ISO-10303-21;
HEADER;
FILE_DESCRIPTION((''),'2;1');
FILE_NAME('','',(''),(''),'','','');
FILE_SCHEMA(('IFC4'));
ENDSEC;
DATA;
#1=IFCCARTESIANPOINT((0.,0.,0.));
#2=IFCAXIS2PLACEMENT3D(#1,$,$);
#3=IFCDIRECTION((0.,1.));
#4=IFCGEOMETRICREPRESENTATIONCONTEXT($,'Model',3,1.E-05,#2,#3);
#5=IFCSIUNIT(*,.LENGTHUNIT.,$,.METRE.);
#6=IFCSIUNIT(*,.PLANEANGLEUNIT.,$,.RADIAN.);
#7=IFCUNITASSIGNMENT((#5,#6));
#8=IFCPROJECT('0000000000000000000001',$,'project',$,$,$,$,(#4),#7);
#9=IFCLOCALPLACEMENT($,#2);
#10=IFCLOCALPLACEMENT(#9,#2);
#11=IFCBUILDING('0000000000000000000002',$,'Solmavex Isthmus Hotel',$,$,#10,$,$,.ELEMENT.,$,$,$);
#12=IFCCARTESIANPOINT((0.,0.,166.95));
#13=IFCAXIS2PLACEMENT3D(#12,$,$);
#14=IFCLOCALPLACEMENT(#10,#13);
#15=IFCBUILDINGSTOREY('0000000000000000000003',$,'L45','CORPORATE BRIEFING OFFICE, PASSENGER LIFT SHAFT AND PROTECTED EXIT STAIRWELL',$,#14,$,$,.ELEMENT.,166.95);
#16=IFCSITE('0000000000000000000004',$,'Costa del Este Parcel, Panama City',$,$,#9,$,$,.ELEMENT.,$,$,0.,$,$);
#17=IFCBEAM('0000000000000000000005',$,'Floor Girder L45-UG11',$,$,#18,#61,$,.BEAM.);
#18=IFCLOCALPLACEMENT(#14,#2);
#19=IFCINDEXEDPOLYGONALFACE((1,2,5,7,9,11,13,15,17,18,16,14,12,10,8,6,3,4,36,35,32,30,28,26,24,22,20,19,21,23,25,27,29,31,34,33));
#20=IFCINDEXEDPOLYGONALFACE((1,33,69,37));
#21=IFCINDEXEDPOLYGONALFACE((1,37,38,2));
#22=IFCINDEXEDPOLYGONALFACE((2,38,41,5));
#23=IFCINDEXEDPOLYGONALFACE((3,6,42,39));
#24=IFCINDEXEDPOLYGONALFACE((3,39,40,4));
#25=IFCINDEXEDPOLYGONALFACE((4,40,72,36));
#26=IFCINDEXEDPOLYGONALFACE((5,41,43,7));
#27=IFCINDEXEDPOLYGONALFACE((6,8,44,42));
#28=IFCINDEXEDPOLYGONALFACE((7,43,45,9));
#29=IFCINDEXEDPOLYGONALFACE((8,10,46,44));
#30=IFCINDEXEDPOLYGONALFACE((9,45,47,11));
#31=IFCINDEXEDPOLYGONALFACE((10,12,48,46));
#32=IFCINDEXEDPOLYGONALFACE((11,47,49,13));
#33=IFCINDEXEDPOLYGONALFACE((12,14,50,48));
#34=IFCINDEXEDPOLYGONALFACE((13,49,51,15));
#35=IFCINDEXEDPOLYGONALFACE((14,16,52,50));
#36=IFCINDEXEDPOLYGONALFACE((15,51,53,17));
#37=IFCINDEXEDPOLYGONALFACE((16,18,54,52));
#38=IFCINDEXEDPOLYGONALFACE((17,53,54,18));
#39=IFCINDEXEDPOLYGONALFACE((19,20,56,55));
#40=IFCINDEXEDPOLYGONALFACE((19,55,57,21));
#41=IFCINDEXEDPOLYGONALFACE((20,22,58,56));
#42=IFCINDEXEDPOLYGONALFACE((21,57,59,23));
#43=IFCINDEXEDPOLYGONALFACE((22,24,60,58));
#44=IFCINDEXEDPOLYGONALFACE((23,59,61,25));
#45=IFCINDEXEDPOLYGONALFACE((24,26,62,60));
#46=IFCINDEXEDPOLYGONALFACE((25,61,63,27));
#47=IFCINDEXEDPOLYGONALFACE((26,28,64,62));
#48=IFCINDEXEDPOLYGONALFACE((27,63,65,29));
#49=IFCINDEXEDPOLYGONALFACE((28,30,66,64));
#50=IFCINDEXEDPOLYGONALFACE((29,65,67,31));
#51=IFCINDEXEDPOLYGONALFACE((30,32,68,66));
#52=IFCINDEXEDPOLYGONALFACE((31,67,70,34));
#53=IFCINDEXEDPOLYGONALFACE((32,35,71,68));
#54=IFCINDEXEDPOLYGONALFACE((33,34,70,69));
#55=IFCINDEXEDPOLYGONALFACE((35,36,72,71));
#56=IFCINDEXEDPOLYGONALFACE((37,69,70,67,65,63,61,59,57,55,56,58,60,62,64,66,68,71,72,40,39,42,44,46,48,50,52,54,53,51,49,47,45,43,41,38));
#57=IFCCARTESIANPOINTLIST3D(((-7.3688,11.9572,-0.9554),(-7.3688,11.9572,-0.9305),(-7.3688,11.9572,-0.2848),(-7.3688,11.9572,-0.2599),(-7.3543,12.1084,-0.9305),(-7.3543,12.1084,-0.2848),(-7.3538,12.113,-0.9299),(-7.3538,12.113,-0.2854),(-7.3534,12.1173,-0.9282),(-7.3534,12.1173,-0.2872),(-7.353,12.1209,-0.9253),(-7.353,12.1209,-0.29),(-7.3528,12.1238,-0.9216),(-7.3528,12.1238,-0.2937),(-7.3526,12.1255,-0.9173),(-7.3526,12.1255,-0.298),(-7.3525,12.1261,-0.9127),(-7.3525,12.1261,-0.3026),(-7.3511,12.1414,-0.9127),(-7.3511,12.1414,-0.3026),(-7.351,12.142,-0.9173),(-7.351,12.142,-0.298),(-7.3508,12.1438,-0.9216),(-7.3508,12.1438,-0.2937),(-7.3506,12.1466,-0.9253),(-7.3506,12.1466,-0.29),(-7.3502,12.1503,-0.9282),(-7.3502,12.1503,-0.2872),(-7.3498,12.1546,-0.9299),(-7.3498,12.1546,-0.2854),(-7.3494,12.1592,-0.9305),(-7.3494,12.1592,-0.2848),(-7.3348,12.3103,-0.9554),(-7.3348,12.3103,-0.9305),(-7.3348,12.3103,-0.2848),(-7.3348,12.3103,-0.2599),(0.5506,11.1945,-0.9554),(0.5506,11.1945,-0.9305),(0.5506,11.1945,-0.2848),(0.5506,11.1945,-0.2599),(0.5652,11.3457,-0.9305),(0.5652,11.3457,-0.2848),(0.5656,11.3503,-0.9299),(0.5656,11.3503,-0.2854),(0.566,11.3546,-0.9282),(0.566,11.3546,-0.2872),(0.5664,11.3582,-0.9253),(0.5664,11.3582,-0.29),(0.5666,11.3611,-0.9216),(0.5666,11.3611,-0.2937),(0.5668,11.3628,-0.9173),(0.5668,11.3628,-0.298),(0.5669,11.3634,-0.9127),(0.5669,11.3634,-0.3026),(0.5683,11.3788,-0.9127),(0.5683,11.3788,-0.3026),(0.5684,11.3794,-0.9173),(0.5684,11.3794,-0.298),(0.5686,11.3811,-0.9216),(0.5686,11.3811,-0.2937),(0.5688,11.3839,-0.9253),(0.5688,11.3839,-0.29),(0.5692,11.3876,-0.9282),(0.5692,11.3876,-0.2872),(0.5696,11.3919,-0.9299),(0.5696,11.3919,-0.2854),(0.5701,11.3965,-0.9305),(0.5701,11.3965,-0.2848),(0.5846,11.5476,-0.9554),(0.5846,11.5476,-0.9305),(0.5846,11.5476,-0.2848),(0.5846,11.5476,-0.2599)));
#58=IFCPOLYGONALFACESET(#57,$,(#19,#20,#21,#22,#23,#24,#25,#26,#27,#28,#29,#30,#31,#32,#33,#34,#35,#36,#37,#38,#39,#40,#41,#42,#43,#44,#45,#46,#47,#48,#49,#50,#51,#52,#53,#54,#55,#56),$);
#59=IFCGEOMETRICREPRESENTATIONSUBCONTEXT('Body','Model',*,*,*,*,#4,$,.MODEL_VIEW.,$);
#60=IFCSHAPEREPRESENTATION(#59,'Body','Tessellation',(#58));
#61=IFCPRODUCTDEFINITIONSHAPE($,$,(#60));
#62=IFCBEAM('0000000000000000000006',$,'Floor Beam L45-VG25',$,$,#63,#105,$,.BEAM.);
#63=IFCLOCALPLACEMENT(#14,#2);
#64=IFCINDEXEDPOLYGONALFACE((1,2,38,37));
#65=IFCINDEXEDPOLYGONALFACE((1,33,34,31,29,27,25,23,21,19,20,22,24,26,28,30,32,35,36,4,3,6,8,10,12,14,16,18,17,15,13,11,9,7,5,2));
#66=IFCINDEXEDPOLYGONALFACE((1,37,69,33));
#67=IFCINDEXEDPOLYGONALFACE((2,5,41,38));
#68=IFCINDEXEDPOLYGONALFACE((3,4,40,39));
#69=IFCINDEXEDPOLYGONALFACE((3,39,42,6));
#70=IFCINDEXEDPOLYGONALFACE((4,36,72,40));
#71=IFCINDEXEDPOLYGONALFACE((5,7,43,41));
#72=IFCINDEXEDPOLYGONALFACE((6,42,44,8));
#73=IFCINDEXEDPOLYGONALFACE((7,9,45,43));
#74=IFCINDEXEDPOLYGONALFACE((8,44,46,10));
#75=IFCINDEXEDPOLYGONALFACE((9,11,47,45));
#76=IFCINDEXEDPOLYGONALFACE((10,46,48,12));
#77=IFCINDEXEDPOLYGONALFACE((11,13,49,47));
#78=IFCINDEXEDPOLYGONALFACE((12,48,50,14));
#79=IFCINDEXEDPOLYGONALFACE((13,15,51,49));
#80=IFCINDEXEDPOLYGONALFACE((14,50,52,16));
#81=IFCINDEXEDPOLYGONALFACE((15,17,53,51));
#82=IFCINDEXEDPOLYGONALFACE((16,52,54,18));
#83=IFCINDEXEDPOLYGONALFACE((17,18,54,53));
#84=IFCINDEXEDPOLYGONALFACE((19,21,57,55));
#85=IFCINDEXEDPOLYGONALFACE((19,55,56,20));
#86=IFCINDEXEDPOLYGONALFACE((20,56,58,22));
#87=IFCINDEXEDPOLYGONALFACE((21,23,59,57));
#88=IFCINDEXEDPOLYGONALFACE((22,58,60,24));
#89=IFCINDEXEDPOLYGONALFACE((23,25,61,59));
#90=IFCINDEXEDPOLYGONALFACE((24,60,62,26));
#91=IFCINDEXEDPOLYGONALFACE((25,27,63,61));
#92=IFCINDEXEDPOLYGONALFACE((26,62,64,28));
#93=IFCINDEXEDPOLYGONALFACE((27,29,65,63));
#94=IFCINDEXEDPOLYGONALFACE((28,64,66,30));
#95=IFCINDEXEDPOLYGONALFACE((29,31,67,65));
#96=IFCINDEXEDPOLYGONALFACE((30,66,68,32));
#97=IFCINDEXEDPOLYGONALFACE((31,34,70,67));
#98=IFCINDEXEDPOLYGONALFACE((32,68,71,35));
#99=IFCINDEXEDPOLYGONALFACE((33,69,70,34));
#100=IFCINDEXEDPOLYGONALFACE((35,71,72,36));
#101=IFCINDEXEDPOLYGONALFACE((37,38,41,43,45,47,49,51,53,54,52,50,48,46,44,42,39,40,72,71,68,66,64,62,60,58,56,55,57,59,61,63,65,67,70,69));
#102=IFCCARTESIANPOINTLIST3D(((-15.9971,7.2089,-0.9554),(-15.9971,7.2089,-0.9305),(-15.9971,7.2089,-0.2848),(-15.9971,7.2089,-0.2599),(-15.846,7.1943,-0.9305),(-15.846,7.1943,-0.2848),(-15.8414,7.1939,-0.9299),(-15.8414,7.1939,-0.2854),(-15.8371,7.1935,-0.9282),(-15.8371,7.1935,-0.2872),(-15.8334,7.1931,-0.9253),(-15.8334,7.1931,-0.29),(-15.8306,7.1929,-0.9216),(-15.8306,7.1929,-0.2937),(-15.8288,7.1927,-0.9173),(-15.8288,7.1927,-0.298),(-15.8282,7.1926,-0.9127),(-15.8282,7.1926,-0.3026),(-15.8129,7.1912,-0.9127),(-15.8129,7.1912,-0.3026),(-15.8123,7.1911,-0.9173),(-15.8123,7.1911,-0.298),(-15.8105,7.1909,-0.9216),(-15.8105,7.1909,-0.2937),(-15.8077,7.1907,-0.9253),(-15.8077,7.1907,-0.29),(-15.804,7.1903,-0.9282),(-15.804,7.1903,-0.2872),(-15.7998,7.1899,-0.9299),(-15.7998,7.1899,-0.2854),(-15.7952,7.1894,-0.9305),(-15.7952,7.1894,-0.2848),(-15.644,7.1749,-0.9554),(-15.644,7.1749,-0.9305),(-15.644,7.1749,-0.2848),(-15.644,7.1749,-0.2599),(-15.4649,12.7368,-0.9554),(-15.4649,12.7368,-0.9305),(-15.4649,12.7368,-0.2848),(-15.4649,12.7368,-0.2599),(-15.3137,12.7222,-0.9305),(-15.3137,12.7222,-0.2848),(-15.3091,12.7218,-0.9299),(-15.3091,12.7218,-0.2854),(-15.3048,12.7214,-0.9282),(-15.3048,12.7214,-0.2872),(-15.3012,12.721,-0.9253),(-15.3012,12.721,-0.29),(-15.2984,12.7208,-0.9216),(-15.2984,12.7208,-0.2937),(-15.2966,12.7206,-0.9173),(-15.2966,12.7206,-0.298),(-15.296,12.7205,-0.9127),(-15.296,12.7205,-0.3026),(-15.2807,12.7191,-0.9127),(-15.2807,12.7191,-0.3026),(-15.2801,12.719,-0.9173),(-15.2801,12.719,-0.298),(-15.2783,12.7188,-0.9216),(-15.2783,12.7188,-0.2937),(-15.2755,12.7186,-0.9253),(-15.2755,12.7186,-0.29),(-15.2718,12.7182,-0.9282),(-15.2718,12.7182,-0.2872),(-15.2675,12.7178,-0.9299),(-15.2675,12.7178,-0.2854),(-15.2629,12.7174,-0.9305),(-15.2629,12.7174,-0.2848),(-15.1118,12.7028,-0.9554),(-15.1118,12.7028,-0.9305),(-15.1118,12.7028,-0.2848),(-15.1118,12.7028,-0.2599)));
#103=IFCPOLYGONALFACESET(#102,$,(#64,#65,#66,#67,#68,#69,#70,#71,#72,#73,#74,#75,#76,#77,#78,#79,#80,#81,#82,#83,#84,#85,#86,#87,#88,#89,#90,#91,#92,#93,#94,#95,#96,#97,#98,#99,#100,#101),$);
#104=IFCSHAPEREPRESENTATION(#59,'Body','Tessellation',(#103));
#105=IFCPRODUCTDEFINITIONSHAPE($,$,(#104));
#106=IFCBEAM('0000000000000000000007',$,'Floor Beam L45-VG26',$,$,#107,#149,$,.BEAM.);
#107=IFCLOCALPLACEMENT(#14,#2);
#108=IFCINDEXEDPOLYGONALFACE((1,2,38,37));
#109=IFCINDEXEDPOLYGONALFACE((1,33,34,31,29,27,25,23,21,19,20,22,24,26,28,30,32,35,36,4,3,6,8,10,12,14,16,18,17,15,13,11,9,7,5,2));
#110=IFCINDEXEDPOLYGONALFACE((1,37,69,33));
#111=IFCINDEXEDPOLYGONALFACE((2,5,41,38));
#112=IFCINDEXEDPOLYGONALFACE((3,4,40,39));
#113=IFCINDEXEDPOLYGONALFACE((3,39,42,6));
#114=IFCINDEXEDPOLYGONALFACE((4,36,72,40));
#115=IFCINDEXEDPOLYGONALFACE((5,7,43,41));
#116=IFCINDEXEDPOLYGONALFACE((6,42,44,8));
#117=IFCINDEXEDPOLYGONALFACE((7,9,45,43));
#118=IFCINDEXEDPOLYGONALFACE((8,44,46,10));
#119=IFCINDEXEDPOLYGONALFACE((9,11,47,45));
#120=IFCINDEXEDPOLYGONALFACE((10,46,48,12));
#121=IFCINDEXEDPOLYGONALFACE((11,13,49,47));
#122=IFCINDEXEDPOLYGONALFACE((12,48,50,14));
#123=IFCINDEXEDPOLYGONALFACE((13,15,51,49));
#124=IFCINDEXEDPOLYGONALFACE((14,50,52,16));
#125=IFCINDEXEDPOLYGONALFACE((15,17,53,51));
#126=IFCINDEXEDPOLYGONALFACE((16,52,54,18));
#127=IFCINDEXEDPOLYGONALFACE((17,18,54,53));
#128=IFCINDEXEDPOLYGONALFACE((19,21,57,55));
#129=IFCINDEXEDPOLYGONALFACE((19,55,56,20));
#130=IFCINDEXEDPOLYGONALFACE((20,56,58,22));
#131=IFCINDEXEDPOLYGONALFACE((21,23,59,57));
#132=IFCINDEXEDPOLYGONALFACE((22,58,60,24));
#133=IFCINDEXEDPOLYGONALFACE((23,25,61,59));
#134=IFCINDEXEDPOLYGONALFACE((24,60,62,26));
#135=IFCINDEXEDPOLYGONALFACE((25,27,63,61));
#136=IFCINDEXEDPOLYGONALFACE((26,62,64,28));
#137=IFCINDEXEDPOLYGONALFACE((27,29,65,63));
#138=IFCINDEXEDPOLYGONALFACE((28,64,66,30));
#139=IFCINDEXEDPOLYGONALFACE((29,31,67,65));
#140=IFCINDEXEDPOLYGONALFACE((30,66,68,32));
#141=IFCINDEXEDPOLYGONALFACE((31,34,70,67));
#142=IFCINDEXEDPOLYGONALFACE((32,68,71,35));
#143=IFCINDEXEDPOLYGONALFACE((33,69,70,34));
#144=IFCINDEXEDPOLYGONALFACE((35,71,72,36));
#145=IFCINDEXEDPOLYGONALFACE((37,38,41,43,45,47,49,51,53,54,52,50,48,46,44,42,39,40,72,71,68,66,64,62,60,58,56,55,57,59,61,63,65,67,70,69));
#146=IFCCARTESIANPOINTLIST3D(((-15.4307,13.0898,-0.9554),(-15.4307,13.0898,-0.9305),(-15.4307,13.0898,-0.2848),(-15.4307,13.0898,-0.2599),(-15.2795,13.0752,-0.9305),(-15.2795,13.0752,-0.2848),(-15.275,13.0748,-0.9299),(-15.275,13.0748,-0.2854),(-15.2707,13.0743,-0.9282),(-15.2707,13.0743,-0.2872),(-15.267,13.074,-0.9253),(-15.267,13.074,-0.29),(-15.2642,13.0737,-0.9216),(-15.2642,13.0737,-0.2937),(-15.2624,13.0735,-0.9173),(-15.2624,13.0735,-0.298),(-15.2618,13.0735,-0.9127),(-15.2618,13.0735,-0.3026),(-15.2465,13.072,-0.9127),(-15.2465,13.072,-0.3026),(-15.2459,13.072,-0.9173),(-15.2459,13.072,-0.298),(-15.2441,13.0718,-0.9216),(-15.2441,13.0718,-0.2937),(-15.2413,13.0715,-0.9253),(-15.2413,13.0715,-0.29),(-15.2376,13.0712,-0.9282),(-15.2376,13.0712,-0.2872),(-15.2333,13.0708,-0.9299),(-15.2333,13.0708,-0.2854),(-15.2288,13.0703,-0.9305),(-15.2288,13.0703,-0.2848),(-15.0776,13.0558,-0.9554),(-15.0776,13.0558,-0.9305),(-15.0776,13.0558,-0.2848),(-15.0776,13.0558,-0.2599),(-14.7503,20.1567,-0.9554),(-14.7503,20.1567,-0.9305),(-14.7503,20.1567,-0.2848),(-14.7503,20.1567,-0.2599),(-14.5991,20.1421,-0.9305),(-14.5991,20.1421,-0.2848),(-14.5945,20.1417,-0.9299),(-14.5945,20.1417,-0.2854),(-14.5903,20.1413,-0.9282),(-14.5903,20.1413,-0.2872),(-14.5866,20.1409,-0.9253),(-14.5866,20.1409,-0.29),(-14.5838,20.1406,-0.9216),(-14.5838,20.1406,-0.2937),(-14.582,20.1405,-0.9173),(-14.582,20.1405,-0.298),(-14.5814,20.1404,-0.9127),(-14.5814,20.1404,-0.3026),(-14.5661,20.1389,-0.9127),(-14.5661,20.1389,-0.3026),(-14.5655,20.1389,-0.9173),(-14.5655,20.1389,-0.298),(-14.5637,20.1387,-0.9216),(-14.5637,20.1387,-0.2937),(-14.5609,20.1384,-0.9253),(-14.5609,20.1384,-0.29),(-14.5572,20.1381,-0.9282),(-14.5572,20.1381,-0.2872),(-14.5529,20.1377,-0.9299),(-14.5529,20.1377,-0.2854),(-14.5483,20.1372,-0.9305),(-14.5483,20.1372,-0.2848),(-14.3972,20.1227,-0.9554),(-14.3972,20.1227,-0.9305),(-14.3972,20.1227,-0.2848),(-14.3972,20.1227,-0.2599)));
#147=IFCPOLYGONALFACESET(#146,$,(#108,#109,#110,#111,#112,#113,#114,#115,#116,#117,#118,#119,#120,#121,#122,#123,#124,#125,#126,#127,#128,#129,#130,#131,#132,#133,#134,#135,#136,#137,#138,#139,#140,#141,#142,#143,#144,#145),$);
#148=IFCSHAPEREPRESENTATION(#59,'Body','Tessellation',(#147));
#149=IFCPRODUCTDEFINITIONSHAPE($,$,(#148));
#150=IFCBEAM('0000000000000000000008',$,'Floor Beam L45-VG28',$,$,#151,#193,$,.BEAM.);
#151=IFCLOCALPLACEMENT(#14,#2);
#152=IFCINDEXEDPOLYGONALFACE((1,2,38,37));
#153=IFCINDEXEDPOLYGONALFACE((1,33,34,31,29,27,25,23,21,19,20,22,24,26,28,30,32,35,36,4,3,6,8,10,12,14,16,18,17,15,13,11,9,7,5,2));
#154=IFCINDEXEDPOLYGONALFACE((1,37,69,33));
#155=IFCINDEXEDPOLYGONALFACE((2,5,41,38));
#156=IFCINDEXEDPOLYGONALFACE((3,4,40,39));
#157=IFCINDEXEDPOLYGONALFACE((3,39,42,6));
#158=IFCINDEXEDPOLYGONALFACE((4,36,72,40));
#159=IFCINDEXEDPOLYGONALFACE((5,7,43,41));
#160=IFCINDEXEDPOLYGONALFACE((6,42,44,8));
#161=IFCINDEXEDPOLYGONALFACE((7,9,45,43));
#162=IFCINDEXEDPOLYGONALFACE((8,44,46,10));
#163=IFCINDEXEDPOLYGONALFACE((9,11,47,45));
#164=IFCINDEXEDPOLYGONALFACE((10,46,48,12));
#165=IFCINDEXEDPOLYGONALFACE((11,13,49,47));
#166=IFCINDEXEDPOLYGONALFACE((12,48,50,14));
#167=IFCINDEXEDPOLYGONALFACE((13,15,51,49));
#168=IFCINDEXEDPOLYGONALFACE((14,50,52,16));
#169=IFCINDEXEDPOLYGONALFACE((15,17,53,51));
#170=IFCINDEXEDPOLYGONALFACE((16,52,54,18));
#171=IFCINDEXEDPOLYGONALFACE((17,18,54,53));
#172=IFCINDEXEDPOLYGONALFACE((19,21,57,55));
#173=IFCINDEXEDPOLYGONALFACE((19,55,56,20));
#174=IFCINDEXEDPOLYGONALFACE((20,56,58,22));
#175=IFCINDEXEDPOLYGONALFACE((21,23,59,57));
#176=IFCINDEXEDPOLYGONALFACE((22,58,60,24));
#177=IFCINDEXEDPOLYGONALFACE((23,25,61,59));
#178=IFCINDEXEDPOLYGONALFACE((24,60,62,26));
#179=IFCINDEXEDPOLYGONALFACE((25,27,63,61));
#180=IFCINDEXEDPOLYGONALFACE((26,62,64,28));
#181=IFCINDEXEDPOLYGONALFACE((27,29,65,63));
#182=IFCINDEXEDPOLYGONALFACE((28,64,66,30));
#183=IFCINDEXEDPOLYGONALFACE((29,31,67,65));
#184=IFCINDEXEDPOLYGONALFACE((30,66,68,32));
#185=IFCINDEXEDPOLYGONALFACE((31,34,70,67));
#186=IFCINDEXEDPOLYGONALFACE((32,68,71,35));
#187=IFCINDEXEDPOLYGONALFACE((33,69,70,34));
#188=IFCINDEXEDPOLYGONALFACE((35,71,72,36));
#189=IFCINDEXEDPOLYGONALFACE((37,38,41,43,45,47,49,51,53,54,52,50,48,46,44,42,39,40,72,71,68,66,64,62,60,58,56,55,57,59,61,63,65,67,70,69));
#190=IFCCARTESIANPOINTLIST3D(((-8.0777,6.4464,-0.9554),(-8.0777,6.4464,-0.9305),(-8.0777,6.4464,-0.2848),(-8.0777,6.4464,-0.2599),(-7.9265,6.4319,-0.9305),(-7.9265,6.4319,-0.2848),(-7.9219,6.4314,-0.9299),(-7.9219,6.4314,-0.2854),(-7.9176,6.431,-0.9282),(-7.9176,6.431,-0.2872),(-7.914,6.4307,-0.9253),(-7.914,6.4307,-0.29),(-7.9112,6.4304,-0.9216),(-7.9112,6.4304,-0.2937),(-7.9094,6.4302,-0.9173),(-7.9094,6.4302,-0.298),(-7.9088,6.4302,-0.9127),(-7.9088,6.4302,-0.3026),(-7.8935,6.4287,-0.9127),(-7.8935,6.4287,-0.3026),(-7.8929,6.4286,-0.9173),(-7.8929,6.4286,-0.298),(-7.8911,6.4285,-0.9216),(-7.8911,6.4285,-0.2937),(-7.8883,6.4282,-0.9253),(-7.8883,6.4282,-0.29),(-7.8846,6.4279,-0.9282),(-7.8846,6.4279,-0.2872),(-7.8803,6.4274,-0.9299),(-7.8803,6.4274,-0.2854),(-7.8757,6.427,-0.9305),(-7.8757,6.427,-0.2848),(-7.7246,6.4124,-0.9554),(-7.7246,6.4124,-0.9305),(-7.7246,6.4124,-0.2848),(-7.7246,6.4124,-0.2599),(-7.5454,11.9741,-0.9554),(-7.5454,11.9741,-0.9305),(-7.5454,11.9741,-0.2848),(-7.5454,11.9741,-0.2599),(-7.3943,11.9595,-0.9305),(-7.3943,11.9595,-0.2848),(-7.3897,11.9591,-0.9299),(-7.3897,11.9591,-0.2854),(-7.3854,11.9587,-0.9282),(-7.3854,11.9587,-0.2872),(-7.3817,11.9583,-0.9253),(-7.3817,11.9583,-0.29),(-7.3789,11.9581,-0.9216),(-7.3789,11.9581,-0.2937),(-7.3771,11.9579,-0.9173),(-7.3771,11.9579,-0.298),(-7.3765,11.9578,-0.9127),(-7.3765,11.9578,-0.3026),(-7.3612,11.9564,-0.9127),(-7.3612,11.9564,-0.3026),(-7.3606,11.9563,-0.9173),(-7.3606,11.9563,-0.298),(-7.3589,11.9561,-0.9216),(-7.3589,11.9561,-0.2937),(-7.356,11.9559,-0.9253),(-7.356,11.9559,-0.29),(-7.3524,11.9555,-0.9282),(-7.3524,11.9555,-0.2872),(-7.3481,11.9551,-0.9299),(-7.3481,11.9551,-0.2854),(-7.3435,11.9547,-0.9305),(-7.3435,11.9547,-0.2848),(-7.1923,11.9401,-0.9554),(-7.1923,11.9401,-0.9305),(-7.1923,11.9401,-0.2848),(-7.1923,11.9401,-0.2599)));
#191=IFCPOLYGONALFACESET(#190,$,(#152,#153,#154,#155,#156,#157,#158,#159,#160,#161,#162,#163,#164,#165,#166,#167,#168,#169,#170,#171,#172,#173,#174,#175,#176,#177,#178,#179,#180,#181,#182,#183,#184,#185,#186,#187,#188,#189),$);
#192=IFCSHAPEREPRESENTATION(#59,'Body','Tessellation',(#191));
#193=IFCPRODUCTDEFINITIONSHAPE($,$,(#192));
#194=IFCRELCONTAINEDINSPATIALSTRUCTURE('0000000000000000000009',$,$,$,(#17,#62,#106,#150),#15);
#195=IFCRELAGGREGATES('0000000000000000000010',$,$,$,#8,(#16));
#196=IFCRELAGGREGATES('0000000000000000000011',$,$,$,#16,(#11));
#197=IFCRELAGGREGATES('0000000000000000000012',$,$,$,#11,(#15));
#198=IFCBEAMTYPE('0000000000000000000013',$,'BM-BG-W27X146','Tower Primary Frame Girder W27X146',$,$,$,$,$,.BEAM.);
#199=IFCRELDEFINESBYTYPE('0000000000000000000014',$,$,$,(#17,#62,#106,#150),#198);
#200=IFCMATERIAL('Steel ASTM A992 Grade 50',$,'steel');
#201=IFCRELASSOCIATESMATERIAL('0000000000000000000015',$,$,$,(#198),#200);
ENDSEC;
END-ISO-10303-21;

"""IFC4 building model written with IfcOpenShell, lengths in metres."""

from ifc_helpers import new_model, si_unit, direction, frame, origin, origin_2d, place, context, subcontext, project, spatial, i_section, extrude, material, material_profile, profile_set, type_object, element, save


model = new_model("IFC4")

# Units and contexts
model_context = context("Model", 3, precision=1e-05, world=origin(), true_north=direction((0.0, 1.0)))
body_context = subcontext(model_context, "Body", "Model", "MODEL_VIEW")
ifc_project = project(units=[si_unit("LENGTHUNIT", "METRE"), si_unit("PLANEANGLEUNIT", "RADIAN")], contexts=[model_context])

# Site, building, storey
site_placement = place(None, origin())
site = spatial("IfcSite", under=ifc_project, at=site_placement, Name="Costa del Este Parcel, Panama City", CompositionType="ELEMENT", RefElevation=0.0)
building_placement = place(site_placement, origin())
building = spatial("IfcBuilding", under=site, at=building_placement, Name="Solmavex Isthmus Hotel", CompositionType="ELEMENT")
storey_placement = place(building_placement, frame((0.0, 0.0, 166.95)))
storey = spatial("IfcBuildingStorey", under=building, at=storey_placement, Name="L45", Description="CORPORATE BRIEFING OFFICE, PASSENGER LIFT SHAFT AND PROTECTED EXIT STAIRWELL", CompositionType="ELEMENT", Elevation=166.95)

# Beams
ifc_material_1 = material(Name="Steel ASTM A992 Grade 50", Category="steel")
ifc_material_profile_1 = material_profile(ifc_material_1, i_section(OverallWidth=0.3547, OverallDepth=0.6956, WebThickness=0.0154, FlangeThickness=0.0249, FilletRadius=0.0178, at=origin_2d()), Name="W27X146")
ifc_profile_set_1 = profile_set([ifc_material_profile_1], Name="Steel ASTM A992 Grade 50")
beam_type_1 = type_object("IfcBeamType", Name="BM-BG-W27X146", Description="Tower Primary Frame Girder W27X146", PredefinedType="BEAM", material=ifc_profile_set_1)
for number, where, z_axis, x_axis, name in (
    (1, (-7.3518, 12.1338, -0.6077), (0.995395, -0.095863, 0.0), (0.095863, 0.995395, 0.0), "Floor Girder L45-UG11"),
):
    element("IfcBeam", number, at=place(storey_placement, frame(where, z_axis=z_axis, x_axis=x_axis)), inside=storey, type_object=beam_type_1, Name=name, PredefinedType="BEAM", context=body_context, shape_type="SweptSolid", body=[
        extrude(i_section(OverallWidth=0.3547, OverallDepth=0.6956, WebThickness=0.0154, FlangeThickness=0.0249, FilletRadius=0.0178, at=origin_2d()), origin(), (0.0, 0.0, 1.0), 7.9561),
    ])
beam_1_placement = place(storey_placement, frame((-15.8206, 7.1919, -0.6077), z_axis=(0.095838, 0.995397, 0.0), x_axis=(-0.995397, 0.095838, 0.0)))
element("IfcBeam", 2, at=beam_1_placement, inside=storey, type_object=beam_type_1, Name="Floor Beam L45-VG25", PredefinedType="BEAM", context=body_context, shape_type="SweptSolid", body=[
    extrude(i_section(OverallWidth=0.3547, OverallDepth=0.6956, WebThickness=0.0154, FlangeThickness=0.0249, FilletRadius=0.0178, at=origin_2d()), origin(), (0.0, 0.0, 1.0), 5.5535),
])
beam_2_placement = place(storey_placement, frame((-15.2542, 13.0728, -0.6077), z_axis=(0.09584, 0.995397, 0.0), x_axis=(-0.995397, 0.09584, 0.0)))
element("IfcBeam", 3, at=beam_2_placement, inside=storey, type_object=beam_type_1, Name="Floor Beam L45-VG26", PredefinedType="BEAM", context=body_context, shape_type="SweptSolid", body=[
    extrude(i_section(OverallWidth=0.3547, OverallDepth=0.6956, WebThickness=0.0154, FlangeThickness=0.0249, FilletRadius=0.0178, at=origin_2d()), origin(), (0.0, 0.0, 1.0), 7.0996),
])
beam_3_placement = place(storey_placement, frame((-7.9011, 6.4294, -0.6077), z_axis=(0.095842, 0.995397, 0.0), x_axis=(-0.995397, 0.095842, 0.0)))
element("IfcBeam", 4, at=beam_3_placement, inside=storey, type_object=beam_type_1, Name="Floor Beam L45-VG28", PredefinedType="BEAM", context=body_context, shape_type="SweptSolid", body=[
    extrude(i_section(OverallWidth=0.3547, OverallDepth=0.6956, WebThickness=0.0154, FlangeThickness=0.0249, FilletRadius=0.0178, at=origin_2d()), origin(), (0.0, 0.0, 1.0), 5.5532),
])

save(model, "model.ifc")
